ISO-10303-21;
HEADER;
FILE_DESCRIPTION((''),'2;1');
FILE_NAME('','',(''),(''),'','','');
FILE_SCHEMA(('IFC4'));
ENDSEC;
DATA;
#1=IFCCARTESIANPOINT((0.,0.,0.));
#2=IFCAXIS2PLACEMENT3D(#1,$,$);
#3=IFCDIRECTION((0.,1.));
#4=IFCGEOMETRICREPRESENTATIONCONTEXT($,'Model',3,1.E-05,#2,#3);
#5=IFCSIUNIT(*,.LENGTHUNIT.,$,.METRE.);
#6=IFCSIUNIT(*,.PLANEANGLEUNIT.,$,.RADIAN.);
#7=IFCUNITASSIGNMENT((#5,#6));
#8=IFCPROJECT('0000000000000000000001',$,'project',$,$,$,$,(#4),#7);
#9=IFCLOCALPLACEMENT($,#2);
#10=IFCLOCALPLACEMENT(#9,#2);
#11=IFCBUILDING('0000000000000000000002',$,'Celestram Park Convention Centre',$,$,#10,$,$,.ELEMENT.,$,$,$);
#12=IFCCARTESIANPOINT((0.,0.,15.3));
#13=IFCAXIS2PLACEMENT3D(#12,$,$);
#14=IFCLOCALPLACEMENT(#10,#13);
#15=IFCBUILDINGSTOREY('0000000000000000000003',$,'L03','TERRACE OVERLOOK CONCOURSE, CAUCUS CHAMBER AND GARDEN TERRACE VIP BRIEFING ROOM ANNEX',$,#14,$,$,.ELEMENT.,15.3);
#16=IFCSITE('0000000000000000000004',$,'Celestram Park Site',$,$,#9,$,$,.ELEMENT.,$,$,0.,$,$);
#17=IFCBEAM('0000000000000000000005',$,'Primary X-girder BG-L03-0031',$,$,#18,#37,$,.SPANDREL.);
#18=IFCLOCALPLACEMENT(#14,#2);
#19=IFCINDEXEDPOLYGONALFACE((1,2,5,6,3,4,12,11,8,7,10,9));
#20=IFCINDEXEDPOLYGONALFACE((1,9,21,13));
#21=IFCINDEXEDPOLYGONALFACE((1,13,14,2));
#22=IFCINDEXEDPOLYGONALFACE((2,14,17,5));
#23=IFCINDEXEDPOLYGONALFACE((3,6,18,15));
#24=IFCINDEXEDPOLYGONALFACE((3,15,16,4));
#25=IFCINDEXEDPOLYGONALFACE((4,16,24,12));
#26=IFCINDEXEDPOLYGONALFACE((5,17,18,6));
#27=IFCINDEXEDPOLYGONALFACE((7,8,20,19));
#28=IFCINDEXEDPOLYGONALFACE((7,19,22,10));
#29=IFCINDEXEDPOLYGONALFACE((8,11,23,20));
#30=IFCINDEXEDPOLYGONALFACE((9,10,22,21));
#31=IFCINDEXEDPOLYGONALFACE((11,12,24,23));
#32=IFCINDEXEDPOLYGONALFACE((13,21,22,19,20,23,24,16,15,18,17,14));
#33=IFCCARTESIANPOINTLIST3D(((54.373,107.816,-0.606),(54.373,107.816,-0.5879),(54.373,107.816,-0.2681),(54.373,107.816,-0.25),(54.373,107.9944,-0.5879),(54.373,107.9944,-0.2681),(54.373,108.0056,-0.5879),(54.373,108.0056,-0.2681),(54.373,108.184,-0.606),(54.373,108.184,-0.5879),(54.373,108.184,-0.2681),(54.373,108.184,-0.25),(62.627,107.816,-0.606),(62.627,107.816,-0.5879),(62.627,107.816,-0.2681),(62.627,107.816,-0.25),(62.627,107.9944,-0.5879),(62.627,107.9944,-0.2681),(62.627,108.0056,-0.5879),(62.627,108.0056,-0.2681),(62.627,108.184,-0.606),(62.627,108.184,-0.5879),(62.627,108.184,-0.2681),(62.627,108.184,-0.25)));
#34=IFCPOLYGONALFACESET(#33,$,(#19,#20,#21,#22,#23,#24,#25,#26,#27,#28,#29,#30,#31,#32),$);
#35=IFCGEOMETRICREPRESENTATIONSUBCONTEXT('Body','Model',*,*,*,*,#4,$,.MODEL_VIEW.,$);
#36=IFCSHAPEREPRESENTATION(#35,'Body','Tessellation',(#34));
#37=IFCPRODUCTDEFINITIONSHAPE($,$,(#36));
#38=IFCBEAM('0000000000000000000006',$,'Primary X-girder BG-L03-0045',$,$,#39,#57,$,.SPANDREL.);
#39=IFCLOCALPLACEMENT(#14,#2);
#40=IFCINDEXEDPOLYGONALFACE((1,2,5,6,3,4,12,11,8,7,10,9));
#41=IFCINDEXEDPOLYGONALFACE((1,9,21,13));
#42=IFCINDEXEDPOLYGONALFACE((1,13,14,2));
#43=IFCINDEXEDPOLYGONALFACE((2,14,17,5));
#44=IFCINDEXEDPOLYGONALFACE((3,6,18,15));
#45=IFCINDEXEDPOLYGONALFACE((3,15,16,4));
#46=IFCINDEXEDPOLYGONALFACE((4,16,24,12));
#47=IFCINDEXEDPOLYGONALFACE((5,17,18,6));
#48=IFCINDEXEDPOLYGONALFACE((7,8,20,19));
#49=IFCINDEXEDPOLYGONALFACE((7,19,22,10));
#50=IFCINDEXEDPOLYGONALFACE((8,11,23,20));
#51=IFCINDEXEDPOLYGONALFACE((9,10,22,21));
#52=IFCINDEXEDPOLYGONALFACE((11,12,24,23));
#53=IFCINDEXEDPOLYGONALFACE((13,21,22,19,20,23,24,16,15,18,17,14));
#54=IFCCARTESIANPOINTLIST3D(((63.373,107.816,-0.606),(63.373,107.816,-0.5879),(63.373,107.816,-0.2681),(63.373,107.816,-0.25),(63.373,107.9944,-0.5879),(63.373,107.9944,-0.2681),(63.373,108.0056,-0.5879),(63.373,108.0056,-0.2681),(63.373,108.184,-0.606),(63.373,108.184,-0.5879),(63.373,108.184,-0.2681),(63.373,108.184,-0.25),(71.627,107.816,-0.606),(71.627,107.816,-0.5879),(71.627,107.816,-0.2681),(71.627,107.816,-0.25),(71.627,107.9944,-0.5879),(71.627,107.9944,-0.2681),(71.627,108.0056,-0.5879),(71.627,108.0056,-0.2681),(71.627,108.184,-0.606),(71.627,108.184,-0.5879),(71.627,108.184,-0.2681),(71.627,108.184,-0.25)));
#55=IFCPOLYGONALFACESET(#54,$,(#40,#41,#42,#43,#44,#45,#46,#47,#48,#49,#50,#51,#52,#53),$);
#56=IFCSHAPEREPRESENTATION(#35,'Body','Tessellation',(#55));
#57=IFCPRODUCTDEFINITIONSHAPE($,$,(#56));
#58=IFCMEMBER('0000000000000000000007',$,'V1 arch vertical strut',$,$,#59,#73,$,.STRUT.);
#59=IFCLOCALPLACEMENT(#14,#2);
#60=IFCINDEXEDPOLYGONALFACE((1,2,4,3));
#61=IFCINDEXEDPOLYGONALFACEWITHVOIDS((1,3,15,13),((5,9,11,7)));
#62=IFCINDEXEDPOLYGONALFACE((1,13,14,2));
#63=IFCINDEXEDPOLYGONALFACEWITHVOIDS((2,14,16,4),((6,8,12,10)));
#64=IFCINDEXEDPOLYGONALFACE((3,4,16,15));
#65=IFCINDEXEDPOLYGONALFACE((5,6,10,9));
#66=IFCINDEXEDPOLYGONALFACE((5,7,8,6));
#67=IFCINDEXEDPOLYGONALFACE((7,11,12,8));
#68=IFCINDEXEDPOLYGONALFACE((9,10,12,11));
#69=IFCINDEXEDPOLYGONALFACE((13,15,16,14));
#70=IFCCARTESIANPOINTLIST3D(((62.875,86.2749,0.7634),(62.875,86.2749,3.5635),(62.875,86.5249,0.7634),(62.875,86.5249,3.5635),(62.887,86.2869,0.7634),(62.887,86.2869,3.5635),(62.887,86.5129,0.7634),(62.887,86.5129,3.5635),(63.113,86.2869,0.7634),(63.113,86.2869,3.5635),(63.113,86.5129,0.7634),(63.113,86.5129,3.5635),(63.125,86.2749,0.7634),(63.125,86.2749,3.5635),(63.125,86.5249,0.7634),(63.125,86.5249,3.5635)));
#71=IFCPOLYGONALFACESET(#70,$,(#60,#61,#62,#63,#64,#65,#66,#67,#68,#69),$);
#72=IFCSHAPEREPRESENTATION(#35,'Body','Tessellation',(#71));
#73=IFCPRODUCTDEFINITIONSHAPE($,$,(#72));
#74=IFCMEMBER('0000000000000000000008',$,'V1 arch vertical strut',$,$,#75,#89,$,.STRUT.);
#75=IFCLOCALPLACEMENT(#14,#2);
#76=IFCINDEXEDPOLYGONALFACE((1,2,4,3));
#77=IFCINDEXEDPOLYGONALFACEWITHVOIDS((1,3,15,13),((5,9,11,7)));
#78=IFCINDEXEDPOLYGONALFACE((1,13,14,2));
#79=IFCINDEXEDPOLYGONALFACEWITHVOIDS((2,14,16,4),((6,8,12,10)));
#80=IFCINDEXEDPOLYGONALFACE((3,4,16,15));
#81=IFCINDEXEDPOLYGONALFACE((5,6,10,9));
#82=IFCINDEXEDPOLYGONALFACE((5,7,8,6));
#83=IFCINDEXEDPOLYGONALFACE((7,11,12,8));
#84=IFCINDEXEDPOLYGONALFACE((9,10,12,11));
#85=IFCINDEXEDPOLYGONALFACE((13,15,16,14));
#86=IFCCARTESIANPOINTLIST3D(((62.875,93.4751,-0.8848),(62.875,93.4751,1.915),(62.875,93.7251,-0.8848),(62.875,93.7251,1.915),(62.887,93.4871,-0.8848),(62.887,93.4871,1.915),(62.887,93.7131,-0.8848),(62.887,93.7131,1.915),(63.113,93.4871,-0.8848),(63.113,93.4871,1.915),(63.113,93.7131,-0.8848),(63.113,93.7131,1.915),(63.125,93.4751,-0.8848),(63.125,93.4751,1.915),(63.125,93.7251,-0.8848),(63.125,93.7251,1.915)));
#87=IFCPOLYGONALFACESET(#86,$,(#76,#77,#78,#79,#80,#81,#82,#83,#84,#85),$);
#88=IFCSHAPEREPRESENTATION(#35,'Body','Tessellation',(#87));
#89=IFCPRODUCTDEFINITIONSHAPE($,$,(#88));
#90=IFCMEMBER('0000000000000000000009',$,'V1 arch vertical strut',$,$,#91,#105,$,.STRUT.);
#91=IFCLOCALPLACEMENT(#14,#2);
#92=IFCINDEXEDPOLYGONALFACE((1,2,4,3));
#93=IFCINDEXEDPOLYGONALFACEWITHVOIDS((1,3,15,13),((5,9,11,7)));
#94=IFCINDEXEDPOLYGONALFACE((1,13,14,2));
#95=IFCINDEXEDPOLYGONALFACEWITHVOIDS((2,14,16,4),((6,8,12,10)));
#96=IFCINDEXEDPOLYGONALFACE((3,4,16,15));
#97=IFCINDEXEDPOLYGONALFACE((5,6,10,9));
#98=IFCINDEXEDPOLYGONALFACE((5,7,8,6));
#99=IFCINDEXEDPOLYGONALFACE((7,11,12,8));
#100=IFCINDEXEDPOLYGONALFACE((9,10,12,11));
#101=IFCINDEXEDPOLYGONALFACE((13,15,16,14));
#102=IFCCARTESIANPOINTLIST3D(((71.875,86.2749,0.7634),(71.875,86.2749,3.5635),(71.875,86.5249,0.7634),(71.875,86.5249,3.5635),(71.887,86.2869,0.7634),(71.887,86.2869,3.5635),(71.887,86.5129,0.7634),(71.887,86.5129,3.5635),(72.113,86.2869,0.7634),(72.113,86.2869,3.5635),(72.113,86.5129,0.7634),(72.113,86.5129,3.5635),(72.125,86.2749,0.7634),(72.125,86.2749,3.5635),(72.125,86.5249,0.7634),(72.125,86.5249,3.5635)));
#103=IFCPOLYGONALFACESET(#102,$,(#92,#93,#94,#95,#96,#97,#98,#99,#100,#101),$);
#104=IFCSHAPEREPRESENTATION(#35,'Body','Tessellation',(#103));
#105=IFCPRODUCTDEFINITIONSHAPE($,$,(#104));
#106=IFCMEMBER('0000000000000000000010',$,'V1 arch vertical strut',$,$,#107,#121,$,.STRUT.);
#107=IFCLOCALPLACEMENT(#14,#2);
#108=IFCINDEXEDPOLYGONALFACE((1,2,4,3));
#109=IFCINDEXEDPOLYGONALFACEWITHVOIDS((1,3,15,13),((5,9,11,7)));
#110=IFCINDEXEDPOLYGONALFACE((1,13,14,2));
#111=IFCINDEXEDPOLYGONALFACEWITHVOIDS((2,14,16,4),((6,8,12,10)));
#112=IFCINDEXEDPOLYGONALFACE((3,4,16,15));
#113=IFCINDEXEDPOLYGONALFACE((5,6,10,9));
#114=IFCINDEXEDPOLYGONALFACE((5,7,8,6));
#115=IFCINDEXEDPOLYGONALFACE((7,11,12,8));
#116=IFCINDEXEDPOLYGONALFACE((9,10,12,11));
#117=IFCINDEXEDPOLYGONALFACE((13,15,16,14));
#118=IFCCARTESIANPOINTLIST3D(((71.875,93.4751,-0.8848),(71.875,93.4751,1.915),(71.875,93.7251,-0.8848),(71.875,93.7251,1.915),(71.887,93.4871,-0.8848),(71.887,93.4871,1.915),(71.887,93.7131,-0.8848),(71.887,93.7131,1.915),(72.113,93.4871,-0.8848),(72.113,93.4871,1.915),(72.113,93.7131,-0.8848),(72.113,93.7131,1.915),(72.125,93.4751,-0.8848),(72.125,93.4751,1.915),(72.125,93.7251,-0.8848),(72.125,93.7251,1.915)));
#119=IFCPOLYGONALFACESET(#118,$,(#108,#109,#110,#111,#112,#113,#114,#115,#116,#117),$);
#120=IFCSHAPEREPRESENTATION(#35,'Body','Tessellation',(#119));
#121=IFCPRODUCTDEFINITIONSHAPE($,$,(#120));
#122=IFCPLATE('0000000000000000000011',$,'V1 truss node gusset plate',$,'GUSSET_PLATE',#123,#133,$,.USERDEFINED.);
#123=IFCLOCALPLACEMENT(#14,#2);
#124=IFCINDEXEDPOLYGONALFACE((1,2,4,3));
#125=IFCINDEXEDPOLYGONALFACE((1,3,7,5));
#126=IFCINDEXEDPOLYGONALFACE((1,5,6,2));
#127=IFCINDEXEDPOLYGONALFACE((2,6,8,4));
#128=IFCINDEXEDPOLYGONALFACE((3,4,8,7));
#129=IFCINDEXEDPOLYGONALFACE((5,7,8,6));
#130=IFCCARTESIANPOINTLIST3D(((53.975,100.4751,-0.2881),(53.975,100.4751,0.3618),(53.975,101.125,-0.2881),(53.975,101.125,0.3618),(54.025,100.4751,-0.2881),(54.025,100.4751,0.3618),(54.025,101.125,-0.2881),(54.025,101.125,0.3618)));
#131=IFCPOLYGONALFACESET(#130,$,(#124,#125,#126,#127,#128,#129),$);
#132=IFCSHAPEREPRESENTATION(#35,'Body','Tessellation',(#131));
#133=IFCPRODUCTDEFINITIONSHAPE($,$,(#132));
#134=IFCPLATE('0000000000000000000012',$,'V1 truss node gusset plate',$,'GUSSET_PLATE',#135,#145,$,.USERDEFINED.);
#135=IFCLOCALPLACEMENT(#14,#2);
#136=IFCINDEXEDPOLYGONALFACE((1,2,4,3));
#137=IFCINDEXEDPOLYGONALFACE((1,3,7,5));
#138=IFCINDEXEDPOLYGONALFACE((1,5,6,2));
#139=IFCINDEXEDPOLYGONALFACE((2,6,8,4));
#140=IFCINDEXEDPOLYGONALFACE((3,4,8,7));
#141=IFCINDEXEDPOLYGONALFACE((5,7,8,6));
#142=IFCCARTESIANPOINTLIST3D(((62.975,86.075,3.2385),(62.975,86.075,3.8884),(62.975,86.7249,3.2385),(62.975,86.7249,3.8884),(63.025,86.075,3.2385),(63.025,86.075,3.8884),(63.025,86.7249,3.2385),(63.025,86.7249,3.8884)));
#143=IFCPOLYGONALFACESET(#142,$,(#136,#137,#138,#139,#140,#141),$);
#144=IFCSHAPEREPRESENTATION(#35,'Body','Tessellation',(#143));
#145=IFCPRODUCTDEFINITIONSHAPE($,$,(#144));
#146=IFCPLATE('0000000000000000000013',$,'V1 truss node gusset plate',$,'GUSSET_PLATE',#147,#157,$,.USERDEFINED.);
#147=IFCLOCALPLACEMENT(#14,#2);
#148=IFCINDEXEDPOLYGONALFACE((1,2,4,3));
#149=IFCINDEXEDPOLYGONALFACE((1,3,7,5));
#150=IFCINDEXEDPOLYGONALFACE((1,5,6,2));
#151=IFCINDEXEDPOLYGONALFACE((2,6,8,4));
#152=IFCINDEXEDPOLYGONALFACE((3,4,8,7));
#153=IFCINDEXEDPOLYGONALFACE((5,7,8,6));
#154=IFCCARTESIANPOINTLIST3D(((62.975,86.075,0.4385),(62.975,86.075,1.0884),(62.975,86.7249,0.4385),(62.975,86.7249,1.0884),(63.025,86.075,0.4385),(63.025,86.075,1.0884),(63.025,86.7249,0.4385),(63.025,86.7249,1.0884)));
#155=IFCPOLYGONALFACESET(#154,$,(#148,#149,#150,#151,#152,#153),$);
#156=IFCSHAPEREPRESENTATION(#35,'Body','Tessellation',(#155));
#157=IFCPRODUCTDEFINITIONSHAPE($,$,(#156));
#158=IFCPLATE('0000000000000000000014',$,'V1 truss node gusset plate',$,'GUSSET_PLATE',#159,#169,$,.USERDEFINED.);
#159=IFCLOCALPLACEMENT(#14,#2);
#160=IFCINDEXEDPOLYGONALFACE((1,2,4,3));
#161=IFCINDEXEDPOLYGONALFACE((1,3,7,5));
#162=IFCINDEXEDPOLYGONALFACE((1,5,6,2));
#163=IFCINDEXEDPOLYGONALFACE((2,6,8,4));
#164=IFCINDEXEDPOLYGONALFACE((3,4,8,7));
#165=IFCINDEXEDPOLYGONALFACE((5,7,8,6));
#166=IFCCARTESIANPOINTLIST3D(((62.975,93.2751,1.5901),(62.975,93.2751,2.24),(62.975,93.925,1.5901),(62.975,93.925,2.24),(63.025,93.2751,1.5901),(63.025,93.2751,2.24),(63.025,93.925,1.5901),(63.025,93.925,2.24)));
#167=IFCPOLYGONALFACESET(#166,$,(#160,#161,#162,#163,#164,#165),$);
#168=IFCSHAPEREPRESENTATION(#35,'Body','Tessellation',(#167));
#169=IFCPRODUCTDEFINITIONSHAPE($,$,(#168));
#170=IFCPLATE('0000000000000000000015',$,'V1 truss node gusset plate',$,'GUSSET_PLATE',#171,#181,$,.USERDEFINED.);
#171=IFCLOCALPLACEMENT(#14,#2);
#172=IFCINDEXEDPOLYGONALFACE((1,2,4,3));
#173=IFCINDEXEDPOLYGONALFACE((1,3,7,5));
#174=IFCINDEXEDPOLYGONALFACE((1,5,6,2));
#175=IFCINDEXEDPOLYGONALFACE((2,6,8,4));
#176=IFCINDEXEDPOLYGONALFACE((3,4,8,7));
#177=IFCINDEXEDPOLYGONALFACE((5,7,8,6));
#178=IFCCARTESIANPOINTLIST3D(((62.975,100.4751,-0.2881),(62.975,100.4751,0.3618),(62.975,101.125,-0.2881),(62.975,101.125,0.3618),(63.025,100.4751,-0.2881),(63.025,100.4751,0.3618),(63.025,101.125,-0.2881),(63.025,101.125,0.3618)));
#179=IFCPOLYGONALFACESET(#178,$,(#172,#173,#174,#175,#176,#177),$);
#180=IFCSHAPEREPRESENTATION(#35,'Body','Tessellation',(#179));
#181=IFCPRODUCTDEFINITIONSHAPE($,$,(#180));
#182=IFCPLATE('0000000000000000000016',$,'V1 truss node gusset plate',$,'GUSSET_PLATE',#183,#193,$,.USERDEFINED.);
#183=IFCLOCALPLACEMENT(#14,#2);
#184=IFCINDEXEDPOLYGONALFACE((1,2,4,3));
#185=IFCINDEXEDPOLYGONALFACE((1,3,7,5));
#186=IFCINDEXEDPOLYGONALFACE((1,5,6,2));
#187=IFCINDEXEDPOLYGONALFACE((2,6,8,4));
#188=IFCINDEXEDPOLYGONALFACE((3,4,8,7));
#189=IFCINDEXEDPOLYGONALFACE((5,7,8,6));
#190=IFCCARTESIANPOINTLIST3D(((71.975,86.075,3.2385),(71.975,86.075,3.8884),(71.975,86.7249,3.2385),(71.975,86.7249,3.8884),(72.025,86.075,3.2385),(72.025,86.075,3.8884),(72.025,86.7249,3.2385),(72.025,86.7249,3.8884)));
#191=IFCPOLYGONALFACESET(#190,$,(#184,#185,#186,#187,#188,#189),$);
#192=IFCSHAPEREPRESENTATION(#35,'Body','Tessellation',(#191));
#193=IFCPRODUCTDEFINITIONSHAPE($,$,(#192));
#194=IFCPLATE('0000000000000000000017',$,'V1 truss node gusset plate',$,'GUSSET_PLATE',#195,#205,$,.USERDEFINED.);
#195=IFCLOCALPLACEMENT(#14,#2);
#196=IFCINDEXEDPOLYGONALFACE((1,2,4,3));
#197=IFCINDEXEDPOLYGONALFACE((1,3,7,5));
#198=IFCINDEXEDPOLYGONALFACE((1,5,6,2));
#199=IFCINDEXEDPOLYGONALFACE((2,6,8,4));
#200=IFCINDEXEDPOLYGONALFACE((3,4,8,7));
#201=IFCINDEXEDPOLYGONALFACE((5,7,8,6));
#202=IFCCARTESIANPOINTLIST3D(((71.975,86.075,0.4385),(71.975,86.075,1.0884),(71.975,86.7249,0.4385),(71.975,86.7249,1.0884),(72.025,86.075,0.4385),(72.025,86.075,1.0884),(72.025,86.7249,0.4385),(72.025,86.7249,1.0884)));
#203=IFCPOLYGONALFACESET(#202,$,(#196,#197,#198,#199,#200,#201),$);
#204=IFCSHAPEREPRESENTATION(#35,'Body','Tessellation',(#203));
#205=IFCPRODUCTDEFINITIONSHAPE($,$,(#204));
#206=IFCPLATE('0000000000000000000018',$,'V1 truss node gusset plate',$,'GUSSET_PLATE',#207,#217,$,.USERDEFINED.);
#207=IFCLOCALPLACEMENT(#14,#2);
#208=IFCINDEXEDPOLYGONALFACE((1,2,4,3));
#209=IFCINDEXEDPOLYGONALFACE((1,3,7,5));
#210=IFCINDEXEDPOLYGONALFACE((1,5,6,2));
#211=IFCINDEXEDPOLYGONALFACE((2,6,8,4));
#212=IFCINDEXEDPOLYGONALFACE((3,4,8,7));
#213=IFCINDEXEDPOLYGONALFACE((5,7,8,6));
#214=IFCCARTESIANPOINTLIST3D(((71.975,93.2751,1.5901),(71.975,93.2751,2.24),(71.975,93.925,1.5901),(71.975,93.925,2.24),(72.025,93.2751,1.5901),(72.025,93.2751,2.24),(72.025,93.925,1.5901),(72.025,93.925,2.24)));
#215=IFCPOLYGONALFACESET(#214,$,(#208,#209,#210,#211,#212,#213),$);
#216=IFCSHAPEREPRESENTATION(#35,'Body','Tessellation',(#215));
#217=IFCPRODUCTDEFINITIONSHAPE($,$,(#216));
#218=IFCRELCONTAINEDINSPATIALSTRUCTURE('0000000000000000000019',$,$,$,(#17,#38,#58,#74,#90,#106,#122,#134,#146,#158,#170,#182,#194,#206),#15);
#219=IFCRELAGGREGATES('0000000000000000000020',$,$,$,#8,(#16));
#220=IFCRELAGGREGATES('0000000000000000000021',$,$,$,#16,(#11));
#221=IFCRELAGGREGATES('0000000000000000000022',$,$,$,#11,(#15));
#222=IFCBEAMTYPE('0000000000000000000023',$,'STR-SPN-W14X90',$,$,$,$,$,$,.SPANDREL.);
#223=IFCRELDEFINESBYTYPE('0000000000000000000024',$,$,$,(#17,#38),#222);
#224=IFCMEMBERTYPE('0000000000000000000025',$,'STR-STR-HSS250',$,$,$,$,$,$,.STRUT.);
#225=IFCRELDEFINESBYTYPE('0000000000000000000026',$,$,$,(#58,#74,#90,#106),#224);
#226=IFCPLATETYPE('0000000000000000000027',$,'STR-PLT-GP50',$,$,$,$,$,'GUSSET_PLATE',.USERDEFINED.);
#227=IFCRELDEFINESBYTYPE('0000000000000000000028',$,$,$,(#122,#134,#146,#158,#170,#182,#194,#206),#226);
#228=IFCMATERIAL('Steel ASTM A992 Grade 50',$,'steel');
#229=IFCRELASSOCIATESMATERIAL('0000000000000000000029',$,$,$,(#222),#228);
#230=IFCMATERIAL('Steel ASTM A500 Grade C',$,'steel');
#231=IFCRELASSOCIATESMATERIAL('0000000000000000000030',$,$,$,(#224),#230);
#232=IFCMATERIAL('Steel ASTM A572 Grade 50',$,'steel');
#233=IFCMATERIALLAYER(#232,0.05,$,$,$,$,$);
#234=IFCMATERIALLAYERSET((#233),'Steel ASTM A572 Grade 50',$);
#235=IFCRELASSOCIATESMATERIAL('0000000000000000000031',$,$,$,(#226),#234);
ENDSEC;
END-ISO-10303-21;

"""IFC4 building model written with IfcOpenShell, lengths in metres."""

from ifc_helpers import new_model, si_unit, direction, frame, origin, origin_2d, place, context, subcontext, project, spatial, rectangle, hollow_rectangle, i_section, extrude, material, layer, layer_set, material_profile, profile_set, type_object, element, save


model = new_model("IFC4")

# Units and contexts
model_context = context("Model", 3, precision=1e-05, world=origin(), true_north=direction((0.0, 1.0)))
body_context = subcontext(model_context, "Body", "Model", "MODEL_VIEW")
ifc_project = project(units=[si_unit("LENGTHUNIT", "METRE"), si_unit("PLANEANGLEUNIT", "RADIAN")], contexts=[model_context])

# Site, building, storey
site_placement = place(None, origin())
site = spatial("IfcSite", under=ifc_project, at=site_placement, Name="Celestram Park Site", CompositionType="ELEMENT", RefElevation=0.0)
building_placement = place(site_placement, origin())
building = spatial("IfcBuilding", under=site, at=building_placement, Name="Celestram Park Convention Centre", CompositionType="ELEMENT")
storey_placement = place(building_placement, frame((0.0, 0.0, 15.3)))
storey = spatial("IfcBuildingStorey", under=building, at=storey_placement, Name="L03", Description="TERRACE OVERLOOK CONCOURSE, CAUCUS CHAMBER AND GARDEN TERRACE VIP BRIEFING ROOM ANNEX", CompositionType="ELEMENT", Elevation=15.3)

# Shared definitions
ifc_material_1 = material(Name="Steel ASTM A500 Grade C", Category="steel")
ifc_material_2 = material(Name="Steel ASTM A992 Grade 50", Category="steel")

# Beams
ifc_material_profile_1 = material_profile(ifc_material_2, i_section(OverallWidth=0.3679, OverallDepth=0.356, WebThickness=0.0112, FlangeThickness=0.0181, at=origin_2d()), Name="W14X90")
ifc_profile_set_1 = profile_set([ifc_material_profile_1], Name="Steel ASTM A992 Grade 50")
beam_type = type_object("IfcBeamType", Name="STR-SPN-W14X90", PredefinedType="SPANDREL", material=ifc_profile_set_1)
for number, where, z_axis, x_axis, name in (
    (1, (54.373, 108.0, -0.428), (1.0, 0.0, 0.0), (0.0, 1.0, 0.0), "Primary X-girder BG-L03-0031"),
    (2, (63.373, 108.0, -0.428), (1.0, 0.0, 0.0), (0.0, 1.0, 0.0), "Primary X-girder BG-L03-0045"),
):
    element("IfcBeam", number, at=place(storey_placement, frame(where, z_axis=z_axis, x_axis=x_axis)), inside=storey, type_object=beam_type, Name=name, PredefinedType="SPANDREL", context=body_context, shape_type="SweptSolid", body=[
        extrude(i_section(OverallWidth=0.3679, OverallDepth=0.356, WebThickness=0.0112, FlangeThickness=0.0181, at=origin_2d()), origin(), (0.0, 0.0, 1.0), 8.2539),
    ])

# Members
ifc_material_profile_2 = material_profile(ifc_material_1, hollow_rectangle(XDim=0.25, YDim=0.25, WallThickness=0.012, at=origin_2d()), Name="HSS250X250X12")
ifc_profile_set_2 = profile_set([ifc_material_profile_2], Name="Steel ASTM A500 Grade C")
member_type_1 = type_object("IfcMemberType", Name="STR-STR-HSS250", PredefinedType="STRUT", material=ifc_profile_set_2)
member_1_placement = place(storey_placement, frame((63.0, 86.3999, 0.7634), z_axis=(0.0, 0.0, 1.0), x_axis=(1.0, 0.0, 0.0)))
element("IfcMember", 3, at=member_1_placement, inside=storey, type_object=member_type_1, Name="V1 arch vertical strut", PredefinedType="STRUT", context=body_context, shape_type="SweptSolid", body=[
    extrude(hollow_rectangle(XDim=0.25, YDim=0.25, WallThickness=0.012, at=origin_2d()), origin(), (0.0, 0.0, 1.0), 2.8),
])
member_2_placement = place(storey_placement, frame((63.0, 93.6001, -0.8848), z_axis=(0.0, 0.0, 1.0), x_axis=(1.0, 0.0, 0.0)))
element("IfcMember", 4, at=member_2_placement, inside=storey, type_object=member_type_1, Name="V1 arch vertical strut", PredefinedType="STRUT", context=body_context, shape_type="SweptSolid", body=[
    extrude(hollow_rectangle(XDim=0.25, YDim=0.25, WallThickness=0.012, at=origin_2d()), origin(), (0.0, 0.0, 1.0), 2.7998),
])
member_3_placement = place(storey_placement, frame((72.0, 86.3999, 0.7634), z_axis=(0.0, 0.0, 1.0), x_axis=(1.0, 0.0, 0.0)))
element("IfcMember", 5, at=member_3_placement, inside=storey, type_object=member_type_1, Name="V1 arch vertical strut", PredefinedType="STRUT", context=body_context, shape_type="SweptSolid", body=[
    extrude(hollow_rectangle(XDim=0.25, YDim=0.25, WallThickness=0.012, at=origin_2d()), origin(), (0.0, 0.0, 1.0), 2.8),
])
member_4_placement = place(storey_placement, frame((72.0, 93.6001, -0.8848), z_axis=(0.0, 0.0, 1.0), x_axis=(1.0, 0.0, 0.0)))
element("IfcMember", 6, at=member_4_placement, inside=storey, type_object=member_type_1, Name="V1 arch vertical strut", PredefinedType="STRUT", context=body_context, shape_type="SweptSolid", body=[
    extrude(hollow_rectangle(XDim=0.25, YDim=0.25, WallThickness=0.012, at=origin_2d()), origin(), (0.0, 0.0, 1.0), 2.7998),
])

# Plates
ifc_material_3 = material(Name="Steel ASTM A572 Grade 50", Category="steel")
ifc_layer_1 = layer(ifc_material_3, 0.05)
ifc_layer_set_1 = layer_set([ifc_layer_1], Name="Steel ASTM A572 Grade 50")
plate_type = type_object("IfcPlateType", Name="STR-PLT-GP50", ElementType="GUSSET_PLATE", PredefinedType="USERDEFINED", material=ifc_layer_set_1)
for number, where, z_axis, x_axis, name in (
    (7, (54.0, 100.8, -0.2881), (0.0, 0.0, 1.0), (0.0, 1.0, 0.0), "V1 truss node gusset plate"),
    (8, (63.0, 86.3999, 3.2385), (0.0, 0.0, 1.0), (0.0, 1.0, 0.0), "V1 truss node gusset plate"),
    (9, (63.0, 86.3999, 0.4385), (0.0, 0.0, 1.0), (0.0, 1.0, 0.0), "V1 truss node gusset plate"),
    (10, (63.0, 93.6001, 1.5901), (0.0, 0.0, 1.0), (0.0, 1.0, 0.0), "V1 truss node gusset plate"),
    (11, (63.0, 100.8, -0.2881), (0.0, 0.0, 1.0), (0.0, 1.0, 0.0), "V1 truss node gusset plate"),
    (12, (72.0, 86.3999, 3.2385), (0.0, 0.0, 1.0), (0.0, 1.0, 0.0), "V1 truss node gusset plate"),
    (13, (72.0, 86.3999, 0.4385), (0.0, 0.0, 1.0), (0.0, 1.0, 0.0), "V1 truss node gusset plate"),
    (14, (72.0, 93.6001, 1.5901), (0.0, 0.0, 1.0), (0.0, 1.0, 0.0), "V1 truss node gusset plate"),
):
    element("IfcPlate", number, at=place(storey_placement, frame(where, z_axis=z_axis, x_axis=x_axis)), inside=storey, type_object=plate_type, Name=name, ObjectType="GUSSET_PLATE", PredefinedType="USERDEFINED", context=body_context, shape_type="SweptSolid", body=[
        extrude(rectangle(XDim=0.6499, YDim=0.05, at=origin_2d()), origin(), (0.0, 0.0, 1.0), 0.6499),
    ])

save(model, "model.ifc")
